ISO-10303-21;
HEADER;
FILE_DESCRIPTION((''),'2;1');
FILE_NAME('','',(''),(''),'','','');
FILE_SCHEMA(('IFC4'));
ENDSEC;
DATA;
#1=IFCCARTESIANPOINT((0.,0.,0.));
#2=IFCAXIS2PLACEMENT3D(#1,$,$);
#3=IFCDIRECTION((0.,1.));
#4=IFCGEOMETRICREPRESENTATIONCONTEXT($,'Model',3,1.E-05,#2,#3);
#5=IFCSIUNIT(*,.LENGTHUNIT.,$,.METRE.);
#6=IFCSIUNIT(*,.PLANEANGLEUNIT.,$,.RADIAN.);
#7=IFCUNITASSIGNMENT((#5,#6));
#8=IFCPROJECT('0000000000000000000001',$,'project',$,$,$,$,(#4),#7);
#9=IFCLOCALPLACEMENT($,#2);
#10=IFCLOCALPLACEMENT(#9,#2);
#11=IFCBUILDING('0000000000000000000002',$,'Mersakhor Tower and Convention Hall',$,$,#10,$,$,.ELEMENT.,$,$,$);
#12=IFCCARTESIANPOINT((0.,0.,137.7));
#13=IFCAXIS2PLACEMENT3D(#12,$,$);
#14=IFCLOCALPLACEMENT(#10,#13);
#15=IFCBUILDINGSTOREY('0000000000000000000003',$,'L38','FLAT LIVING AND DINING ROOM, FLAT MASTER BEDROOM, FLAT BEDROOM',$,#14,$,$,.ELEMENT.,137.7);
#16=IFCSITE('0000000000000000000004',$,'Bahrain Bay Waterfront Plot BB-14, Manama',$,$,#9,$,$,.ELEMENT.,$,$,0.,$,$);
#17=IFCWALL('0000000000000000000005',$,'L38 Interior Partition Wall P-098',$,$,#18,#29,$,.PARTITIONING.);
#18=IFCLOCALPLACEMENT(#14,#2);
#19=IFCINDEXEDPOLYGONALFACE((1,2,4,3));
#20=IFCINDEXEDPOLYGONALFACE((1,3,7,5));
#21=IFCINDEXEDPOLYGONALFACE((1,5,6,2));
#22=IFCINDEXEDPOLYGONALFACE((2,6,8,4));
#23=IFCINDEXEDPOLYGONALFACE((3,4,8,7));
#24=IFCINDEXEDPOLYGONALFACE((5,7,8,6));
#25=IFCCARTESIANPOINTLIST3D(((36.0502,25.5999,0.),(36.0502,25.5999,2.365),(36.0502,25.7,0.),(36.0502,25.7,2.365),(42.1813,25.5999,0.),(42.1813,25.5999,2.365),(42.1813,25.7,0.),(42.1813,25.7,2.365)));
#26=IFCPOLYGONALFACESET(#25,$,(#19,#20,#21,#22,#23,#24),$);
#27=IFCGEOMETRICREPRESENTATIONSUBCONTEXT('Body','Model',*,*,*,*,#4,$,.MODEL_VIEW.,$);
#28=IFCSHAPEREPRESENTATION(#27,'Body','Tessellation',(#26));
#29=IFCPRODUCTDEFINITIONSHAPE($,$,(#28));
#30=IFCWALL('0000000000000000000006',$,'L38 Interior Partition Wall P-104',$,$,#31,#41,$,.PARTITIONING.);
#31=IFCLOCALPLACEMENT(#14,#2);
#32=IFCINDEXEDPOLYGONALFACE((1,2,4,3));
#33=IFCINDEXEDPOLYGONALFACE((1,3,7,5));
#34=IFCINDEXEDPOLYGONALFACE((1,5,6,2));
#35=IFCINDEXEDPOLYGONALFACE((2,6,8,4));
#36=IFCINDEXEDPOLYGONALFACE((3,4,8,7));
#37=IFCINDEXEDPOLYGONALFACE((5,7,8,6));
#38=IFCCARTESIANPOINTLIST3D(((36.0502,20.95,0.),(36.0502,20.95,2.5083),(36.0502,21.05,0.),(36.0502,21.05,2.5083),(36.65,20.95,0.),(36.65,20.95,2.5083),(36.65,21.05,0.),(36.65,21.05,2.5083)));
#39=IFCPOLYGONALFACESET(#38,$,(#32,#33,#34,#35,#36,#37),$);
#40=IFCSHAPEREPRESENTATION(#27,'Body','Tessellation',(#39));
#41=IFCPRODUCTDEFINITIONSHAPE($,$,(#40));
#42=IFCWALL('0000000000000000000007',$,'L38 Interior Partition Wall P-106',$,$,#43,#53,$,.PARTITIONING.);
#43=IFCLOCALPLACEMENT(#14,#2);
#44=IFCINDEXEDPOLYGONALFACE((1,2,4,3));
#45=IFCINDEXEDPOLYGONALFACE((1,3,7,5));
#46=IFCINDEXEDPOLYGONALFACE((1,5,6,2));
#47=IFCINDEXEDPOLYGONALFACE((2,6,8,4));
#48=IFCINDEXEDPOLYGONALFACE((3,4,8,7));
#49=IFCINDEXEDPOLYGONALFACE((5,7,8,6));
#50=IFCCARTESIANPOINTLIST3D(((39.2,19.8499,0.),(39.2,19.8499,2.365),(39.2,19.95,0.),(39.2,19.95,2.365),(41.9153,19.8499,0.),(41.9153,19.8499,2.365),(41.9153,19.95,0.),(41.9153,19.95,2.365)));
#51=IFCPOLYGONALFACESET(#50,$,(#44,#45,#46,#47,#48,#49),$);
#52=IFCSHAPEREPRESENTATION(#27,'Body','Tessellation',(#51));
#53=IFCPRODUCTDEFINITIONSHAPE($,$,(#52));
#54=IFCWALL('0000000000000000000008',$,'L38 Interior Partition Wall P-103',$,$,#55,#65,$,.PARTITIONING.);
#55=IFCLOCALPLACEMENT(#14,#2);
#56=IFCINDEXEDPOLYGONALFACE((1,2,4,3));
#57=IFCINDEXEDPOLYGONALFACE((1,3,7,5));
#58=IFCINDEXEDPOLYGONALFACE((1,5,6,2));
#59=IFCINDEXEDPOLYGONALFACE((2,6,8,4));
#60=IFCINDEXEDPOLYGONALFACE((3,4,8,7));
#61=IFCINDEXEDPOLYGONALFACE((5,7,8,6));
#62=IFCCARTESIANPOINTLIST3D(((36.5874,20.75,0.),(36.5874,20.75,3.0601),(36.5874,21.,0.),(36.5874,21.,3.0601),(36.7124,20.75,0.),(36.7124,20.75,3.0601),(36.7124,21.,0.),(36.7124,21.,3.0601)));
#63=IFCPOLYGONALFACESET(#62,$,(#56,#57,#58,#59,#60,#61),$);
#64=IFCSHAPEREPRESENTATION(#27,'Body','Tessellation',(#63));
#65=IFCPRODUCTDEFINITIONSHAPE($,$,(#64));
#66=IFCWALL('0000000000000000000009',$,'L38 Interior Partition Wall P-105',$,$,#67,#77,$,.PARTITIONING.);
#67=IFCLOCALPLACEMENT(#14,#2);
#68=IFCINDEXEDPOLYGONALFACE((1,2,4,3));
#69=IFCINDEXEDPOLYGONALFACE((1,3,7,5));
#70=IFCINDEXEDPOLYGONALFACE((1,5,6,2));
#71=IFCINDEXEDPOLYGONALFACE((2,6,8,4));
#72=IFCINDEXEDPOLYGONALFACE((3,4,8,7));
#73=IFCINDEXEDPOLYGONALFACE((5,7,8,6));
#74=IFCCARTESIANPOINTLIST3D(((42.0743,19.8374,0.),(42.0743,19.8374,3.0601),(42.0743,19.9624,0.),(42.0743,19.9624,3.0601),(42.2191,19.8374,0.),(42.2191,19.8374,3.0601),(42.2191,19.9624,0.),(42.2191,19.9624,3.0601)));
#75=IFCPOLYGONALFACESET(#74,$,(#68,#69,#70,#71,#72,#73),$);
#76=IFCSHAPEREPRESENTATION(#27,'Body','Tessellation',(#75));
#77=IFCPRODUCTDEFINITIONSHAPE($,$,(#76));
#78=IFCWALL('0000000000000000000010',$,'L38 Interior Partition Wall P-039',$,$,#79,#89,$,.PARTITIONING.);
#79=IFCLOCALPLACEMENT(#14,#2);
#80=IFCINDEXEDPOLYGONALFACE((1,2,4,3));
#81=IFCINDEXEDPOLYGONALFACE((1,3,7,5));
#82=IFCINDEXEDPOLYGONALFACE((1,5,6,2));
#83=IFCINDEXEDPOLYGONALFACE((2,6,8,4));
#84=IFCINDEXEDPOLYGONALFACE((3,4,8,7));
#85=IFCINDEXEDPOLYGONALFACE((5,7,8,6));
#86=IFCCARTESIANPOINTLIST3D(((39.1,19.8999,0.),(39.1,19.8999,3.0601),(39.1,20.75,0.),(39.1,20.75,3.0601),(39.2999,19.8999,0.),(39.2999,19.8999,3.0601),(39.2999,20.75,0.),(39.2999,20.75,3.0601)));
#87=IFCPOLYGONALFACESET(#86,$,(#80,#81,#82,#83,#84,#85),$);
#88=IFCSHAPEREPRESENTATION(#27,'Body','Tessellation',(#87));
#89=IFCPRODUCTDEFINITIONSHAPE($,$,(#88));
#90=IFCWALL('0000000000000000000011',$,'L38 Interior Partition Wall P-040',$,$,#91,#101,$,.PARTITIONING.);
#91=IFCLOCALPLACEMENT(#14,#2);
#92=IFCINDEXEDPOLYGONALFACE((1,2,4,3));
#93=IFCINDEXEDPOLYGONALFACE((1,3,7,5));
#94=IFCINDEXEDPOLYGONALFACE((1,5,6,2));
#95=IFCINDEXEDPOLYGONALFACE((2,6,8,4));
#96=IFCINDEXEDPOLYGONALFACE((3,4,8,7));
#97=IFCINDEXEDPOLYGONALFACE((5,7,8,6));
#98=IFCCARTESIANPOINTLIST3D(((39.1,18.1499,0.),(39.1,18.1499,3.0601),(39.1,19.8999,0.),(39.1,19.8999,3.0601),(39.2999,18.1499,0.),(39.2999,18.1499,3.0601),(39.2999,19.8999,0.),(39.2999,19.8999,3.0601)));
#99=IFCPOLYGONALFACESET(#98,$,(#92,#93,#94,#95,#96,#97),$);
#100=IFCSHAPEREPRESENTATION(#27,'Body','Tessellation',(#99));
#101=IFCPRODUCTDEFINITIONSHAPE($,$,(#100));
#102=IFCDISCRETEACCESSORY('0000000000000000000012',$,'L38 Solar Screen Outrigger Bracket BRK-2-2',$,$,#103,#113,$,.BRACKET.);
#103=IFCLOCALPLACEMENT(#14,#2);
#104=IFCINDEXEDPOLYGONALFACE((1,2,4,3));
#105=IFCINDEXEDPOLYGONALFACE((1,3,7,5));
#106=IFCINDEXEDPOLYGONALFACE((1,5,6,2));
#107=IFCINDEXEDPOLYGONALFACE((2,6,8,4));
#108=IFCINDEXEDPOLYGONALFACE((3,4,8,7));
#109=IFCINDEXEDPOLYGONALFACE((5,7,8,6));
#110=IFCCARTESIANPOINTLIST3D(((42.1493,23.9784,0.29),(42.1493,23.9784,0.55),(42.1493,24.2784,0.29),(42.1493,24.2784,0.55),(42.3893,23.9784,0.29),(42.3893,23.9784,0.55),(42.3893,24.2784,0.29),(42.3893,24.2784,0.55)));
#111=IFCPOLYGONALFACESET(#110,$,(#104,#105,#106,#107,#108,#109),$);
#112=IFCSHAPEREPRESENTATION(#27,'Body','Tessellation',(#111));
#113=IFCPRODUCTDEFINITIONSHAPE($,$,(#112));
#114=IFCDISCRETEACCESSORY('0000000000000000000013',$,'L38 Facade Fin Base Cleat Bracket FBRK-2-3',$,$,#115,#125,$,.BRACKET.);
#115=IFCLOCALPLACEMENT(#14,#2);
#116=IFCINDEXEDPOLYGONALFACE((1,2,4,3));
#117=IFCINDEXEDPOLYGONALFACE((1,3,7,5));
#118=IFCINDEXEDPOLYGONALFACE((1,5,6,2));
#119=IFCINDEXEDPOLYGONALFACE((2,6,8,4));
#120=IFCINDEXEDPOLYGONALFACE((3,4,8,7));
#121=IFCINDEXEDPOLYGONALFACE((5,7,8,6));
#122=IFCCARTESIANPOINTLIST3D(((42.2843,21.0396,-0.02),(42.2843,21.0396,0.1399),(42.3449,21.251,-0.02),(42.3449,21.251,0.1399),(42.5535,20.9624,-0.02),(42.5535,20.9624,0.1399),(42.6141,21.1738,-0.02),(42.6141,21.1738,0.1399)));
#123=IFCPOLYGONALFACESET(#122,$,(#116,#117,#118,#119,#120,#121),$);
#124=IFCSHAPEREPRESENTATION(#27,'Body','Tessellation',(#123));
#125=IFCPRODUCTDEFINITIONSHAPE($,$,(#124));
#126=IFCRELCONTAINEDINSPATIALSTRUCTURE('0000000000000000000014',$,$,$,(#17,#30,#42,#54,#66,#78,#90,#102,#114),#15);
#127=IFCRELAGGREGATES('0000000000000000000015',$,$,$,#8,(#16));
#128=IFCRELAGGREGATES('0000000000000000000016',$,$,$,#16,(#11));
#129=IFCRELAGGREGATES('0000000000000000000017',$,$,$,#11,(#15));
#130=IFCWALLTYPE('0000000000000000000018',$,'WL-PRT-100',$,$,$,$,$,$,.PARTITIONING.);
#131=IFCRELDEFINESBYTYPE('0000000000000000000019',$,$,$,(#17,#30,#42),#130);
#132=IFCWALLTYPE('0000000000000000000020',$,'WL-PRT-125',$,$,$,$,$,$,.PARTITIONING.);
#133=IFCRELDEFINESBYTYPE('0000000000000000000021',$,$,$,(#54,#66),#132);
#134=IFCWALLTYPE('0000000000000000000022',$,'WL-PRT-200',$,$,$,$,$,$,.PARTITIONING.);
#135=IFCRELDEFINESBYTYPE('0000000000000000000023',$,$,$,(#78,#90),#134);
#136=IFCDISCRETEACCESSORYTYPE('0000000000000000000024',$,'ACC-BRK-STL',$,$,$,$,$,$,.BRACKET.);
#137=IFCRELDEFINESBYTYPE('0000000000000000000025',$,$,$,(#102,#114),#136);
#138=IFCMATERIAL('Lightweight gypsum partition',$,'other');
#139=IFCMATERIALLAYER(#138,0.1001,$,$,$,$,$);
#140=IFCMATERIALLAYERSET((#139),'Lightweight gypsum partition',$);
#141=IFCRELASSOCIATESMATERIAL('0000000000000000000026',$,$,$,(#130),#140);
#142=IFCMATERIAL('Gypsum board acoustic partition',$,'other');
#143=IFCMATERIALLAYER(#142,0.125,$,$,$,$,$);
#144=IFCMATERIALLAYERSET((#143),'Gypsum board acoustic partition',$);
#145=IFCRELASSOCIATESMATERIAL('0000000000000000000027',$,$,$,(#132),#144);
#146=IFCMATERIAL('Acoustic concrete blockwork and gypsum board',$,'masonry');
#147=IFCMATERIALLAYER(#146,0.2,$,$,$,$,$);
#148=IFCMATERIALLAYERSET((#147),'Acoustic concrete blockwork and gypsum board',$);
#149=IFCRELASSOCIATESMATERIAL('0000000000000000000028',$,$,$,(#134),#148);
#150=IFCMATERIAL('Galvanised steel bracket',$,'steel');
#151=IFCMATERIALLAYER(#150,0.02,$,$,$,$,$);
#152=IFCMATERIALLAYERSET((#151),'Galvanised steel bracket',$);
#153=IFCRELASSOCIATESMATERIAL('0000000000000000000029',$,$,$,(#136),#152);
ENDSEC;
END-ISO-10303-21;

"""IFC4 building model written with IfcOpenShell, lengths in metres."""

from ifc_helpers import new_model, si_unit, direction, frame, frame_2d, origin, origin_2d, place, context, subcontext, project, spatial, rectangle, extrude, material, layer, layer_set, type_object, element, save


model = new_model("IFC4")

# Units and contexts
model_context = context("Model", 3, precision=1e-05, world=origin(), true_north=direction((0.0, 1.0)))
body_context = subcontext(model_context, "Body", "Model", "MODEL_VIEW")
ifc_project = project(units=[si_unit("LENGTHUNIT", "METRE"), si_unit("PLANEANGLEUNIT", "RADIAN")], contexts=[model_context])

# Site, building, storey
site_placement = place(None, origin())
site = spatial("IfcSite", under=ifc_project, at=site_placement, Name="Bahrain Bay Waterfront Plot BB-14, Manama", CompositionType="ELEMENT", RefElevation=0.0)
building_placement = place(site_placement, origin())
building = spatial("IfcBuilding", under=site, at=building_placement, Name="Mersakhor Tower and Convention Hall", CompositionType="ELEMENT")
storey_placement = place(building_placement, frame((0.0, 0.0, 137.7)))
storey = spatial("IfcBuildingStorey", under=building, at=storey_placement, Name="L38", Description="FLAT LIVING AND DINING ROOM, FLAT MASTER BEDROOM, FLAT BEDROOM", CompositionType="ELEMENT", Elevation=137.7)

# Walls
ifc_material_1 = material(Name="Lightweight gypsum partition", Category="other")
ifc_layer_1 = layer(ifc_material_1, 0.1001)
ifc_layer_set_1 = layer_set([ifc_layer_1], Name="Lightweight gypsum partition")
wall_type_1 = type_object("IfcWallType", Name="WL-PRT-100", PredefinedType="PARTITIONING", material=ifc_layer_set_1)
wall_1_placement = place(storey_placement, frame((42.1812, 25.6499, 0.0), z_axis=(0.0, 0.0, 1.0), x_axis=(-1.0, 0.0, 0.0)))
element("IfcWall", 1, at=wall_1_placement, inside=storey, type_object=wall_type_1, Name="L38 Interior Partition Wall P-098", PredefinedType="PARTITIONING", context=body_context, shape_type="SweptSolid", body=[
    extrude(rectangle(XDim=6.1311, YDim=0.1001, at=frame_2d((3.0654, 0.0))), origin(), (0.0, 0.0, 1.0), 2.365),
])
wall_2_placement = place(storey_placement, frame((36.6499, 21.0, 0.0), z_axis=(0.0, 0.0, 1.0), x_axis=(-1.0, 0.0, 0.0)))
element("IfcWall", 2, at=wall_2_placement, inside=storey, type_object=wall_type_1, Name="L38 Interior Partition Wall P-104", PredefinedType="PARTITIONING", context=body_context, shape_type="SweptSolid", body=[
    extrude(rectangle(XDim=0.5999, YDim=0.1001, at=frame_2d((0.2998, 0.0))), origin(), (0.0, 0.0, 1.0), 2.5083),
])
wall_3_placement = place(storey_placement, frame((41.9153, 19.8999, 0.0), z_axis=(0.0, 0.0, 1.0), x_axis=(-1.0, 0.0, 0.0)))
element("IfcWall", 3, at=wall_3_placement, inside=storey, type_object=wall_type_1, Name="L38 Interior Partition Wall P-106", PredefinedType="PARTITIONING", context=body_context, shape_type="SweptSolid", body=[
    extrude(rectangle(XDim=2.7153, YDim=0.1001, at=frame_2d((1.3577, 0.0))), origin(), (0.0, 0.0, 1.0), 2.365),
])
ifc_material_2 = material(Name="Gypsum board acoustic partition", Category="other")
ifc_layer_2 = layer(ifc_material_2, 0.125)
ifc_layer_set_2 = layer_set([ifc_layer_2], Name="Gypsum board acoustic partition")
wall_type_2 = type_object("IfcWallType", Name="WL-PRT-125", PredefinedType="PARTITIONING", material=ifc_layer_set_2)
wall_4_placement = place(storey_placement, frame((36.6499, 20.75, 0.0), z_axis=(0.0, 0.0, 1.0), x_axis=(0.0, 1.0, 0.0)))
element("IfcWall", 4, at=wall_4_placement, inside=storey, type_object=wall_type_2, Name="L38 Interior Partition Wall P-103", PredefinedType="PARTITIONING", context=body_context, shape_type="SweptSolid", body=[
    extrude(rectangle(XDim=0.25, YDim=0.125, at=frame_2d((0.125, 0.0))), origin(), (0.0, 0.0, 1.0), 3.0601),
])
wall_5_placement = place(storey_placement, frame((42.219, 19.8999, 0.0), z_axis=(0.0, 0.0, 1.0), x_axis=(-1.0, 0.0, 0.0)))
element("IfcWall", 5, at=wall_5_placement, inside=storey, type_object=wall_type_2, Name="L38 Interior Partition Wall P-105", PredefinedType="PARTITIONING", context=body_context, shape_type="SweptSolid", body=[
    extrude(rectangle(XDim=0.1448, YDim=0.125, at=frame_2d((0.0723, 0.0))), origin(), (0.0, 0.0, 1.0), 3.0601),
])

# Shared definitions
ifc_material_3 = material(Name="Acoustic concrete blockwork and gypsum board", Category="masonry")
ifc_layer_3 = layer(ifc_material_3, 0.2)
ifc_layer_set_3 = layer_set([ifc_layer_3], Name="Acoustic concrete blockwork and gypsum board")
wall_type_3 = type_object("IfcWallType", Name="WL-PRT-200", PredefinedType="PARTITIONING", material=ifc_layer_set_3)

# Walls
wall_6_placement = place(storey_placement, frame((39.2, 20.75, 0.0), z_axis=(0.0, 0.0, 1.0), x_axis=(0.0, -1.0, 0.0)))
element("IfcWall", 6, at=wall_6_placement, inside=storey, type_object=wall_type_3, Name="L38 Interior Partition Wall P-039", PredefinedType="PARTITIONING", context=body_context, shape_type="SweptSolid", body=[
    extrude(rectangle(XDim=0.8501, YDim=0.2, at=frame_2d((0.425, 0.0))), origin(), (0.0, 0.0, 1.0), 3.0601),
])
wall_7_placement = place(storey_placement, frame((39.2, 19.8999, 0.0), z_axis=(0.0, 0.0, 1.0), x_axis=(0.0, -1.0, 0.0)))
element("IfcWall", 7, at=wall_7_placement, inside=storey, type_object=wall_type_3, Name="L38 Interior Partition Wall P-040", PredefinedType="PARTITIONING", context=body_context, shape_type="SweptSolid", body=[
    extrude(rectangle(XDim=1.75, YDim=0.2, at=frame_2d((0.875, 0.0))), origin(), (0.0, 0.0, 1.0), 3.0601),
])

# Discrete accessories
ifc_material_4 = material(Name="Galvanised steel bracket", Category="steel")
ifc_layer_4 = layer(ifc_material_4, 0.02)
ifc_layer_set_4 = layer_set([ifc_layer_4], Name="Galvanised steel bracket")
discrete_accessory_type = type_object("IfcDiscreteAccessoryType", Name="ACC-BRK-STL", PredefinedType="BRACKET", material=ifc_layer_set_4)
discrete_accessory_1_placement = place(storey_placement, frame((42.2693, 24.1284, 0.29), z_axis=(0.0, 0.0, 1.0), x_axis=(0.0, -1.0, 0.0)))
element("IfcDiscreteAccessory", 8, at=discrete_accessory_1_placement, inside=storey, type_object=discrete_accessory_type, Name="L38 Solar Screen Outrigger Bracket BRK-2-2", PredefinedType="BRACKET", context=body_context, shape_type="SweptSolid", body=[
    extrude(rectangle(XDim=0.3, YDim=0.24, at=origin_2d()), origin(), (0.0, 0.0, 1.0), 0.26),
])
discrete_accessory_2_placement = place(storey_placement, frame((42.4492, 21.1067, -0.02), z_axis=(0.0, 0.0, 1.0), x_axis=(0.961262, -0.275637, 0.0)))
element("IfcDiscreteAccessory", 9, at=discrete_accessory_2_placement, inside=storey, type_object=discrete_accessory_type, Name="L38 Facade Fin Base Cleat Bracket FBRK-2-3", PredefinedType="BRACKET", context=body_context, shape_type="SweptSolid", body=[
    extrude(rectangle(XDim=0.28, YDim=0.22, at=origin_2d()), origin(), (0.0, 0.0, 1.0), 0.1599),
])

save(model, "model.ifc")
